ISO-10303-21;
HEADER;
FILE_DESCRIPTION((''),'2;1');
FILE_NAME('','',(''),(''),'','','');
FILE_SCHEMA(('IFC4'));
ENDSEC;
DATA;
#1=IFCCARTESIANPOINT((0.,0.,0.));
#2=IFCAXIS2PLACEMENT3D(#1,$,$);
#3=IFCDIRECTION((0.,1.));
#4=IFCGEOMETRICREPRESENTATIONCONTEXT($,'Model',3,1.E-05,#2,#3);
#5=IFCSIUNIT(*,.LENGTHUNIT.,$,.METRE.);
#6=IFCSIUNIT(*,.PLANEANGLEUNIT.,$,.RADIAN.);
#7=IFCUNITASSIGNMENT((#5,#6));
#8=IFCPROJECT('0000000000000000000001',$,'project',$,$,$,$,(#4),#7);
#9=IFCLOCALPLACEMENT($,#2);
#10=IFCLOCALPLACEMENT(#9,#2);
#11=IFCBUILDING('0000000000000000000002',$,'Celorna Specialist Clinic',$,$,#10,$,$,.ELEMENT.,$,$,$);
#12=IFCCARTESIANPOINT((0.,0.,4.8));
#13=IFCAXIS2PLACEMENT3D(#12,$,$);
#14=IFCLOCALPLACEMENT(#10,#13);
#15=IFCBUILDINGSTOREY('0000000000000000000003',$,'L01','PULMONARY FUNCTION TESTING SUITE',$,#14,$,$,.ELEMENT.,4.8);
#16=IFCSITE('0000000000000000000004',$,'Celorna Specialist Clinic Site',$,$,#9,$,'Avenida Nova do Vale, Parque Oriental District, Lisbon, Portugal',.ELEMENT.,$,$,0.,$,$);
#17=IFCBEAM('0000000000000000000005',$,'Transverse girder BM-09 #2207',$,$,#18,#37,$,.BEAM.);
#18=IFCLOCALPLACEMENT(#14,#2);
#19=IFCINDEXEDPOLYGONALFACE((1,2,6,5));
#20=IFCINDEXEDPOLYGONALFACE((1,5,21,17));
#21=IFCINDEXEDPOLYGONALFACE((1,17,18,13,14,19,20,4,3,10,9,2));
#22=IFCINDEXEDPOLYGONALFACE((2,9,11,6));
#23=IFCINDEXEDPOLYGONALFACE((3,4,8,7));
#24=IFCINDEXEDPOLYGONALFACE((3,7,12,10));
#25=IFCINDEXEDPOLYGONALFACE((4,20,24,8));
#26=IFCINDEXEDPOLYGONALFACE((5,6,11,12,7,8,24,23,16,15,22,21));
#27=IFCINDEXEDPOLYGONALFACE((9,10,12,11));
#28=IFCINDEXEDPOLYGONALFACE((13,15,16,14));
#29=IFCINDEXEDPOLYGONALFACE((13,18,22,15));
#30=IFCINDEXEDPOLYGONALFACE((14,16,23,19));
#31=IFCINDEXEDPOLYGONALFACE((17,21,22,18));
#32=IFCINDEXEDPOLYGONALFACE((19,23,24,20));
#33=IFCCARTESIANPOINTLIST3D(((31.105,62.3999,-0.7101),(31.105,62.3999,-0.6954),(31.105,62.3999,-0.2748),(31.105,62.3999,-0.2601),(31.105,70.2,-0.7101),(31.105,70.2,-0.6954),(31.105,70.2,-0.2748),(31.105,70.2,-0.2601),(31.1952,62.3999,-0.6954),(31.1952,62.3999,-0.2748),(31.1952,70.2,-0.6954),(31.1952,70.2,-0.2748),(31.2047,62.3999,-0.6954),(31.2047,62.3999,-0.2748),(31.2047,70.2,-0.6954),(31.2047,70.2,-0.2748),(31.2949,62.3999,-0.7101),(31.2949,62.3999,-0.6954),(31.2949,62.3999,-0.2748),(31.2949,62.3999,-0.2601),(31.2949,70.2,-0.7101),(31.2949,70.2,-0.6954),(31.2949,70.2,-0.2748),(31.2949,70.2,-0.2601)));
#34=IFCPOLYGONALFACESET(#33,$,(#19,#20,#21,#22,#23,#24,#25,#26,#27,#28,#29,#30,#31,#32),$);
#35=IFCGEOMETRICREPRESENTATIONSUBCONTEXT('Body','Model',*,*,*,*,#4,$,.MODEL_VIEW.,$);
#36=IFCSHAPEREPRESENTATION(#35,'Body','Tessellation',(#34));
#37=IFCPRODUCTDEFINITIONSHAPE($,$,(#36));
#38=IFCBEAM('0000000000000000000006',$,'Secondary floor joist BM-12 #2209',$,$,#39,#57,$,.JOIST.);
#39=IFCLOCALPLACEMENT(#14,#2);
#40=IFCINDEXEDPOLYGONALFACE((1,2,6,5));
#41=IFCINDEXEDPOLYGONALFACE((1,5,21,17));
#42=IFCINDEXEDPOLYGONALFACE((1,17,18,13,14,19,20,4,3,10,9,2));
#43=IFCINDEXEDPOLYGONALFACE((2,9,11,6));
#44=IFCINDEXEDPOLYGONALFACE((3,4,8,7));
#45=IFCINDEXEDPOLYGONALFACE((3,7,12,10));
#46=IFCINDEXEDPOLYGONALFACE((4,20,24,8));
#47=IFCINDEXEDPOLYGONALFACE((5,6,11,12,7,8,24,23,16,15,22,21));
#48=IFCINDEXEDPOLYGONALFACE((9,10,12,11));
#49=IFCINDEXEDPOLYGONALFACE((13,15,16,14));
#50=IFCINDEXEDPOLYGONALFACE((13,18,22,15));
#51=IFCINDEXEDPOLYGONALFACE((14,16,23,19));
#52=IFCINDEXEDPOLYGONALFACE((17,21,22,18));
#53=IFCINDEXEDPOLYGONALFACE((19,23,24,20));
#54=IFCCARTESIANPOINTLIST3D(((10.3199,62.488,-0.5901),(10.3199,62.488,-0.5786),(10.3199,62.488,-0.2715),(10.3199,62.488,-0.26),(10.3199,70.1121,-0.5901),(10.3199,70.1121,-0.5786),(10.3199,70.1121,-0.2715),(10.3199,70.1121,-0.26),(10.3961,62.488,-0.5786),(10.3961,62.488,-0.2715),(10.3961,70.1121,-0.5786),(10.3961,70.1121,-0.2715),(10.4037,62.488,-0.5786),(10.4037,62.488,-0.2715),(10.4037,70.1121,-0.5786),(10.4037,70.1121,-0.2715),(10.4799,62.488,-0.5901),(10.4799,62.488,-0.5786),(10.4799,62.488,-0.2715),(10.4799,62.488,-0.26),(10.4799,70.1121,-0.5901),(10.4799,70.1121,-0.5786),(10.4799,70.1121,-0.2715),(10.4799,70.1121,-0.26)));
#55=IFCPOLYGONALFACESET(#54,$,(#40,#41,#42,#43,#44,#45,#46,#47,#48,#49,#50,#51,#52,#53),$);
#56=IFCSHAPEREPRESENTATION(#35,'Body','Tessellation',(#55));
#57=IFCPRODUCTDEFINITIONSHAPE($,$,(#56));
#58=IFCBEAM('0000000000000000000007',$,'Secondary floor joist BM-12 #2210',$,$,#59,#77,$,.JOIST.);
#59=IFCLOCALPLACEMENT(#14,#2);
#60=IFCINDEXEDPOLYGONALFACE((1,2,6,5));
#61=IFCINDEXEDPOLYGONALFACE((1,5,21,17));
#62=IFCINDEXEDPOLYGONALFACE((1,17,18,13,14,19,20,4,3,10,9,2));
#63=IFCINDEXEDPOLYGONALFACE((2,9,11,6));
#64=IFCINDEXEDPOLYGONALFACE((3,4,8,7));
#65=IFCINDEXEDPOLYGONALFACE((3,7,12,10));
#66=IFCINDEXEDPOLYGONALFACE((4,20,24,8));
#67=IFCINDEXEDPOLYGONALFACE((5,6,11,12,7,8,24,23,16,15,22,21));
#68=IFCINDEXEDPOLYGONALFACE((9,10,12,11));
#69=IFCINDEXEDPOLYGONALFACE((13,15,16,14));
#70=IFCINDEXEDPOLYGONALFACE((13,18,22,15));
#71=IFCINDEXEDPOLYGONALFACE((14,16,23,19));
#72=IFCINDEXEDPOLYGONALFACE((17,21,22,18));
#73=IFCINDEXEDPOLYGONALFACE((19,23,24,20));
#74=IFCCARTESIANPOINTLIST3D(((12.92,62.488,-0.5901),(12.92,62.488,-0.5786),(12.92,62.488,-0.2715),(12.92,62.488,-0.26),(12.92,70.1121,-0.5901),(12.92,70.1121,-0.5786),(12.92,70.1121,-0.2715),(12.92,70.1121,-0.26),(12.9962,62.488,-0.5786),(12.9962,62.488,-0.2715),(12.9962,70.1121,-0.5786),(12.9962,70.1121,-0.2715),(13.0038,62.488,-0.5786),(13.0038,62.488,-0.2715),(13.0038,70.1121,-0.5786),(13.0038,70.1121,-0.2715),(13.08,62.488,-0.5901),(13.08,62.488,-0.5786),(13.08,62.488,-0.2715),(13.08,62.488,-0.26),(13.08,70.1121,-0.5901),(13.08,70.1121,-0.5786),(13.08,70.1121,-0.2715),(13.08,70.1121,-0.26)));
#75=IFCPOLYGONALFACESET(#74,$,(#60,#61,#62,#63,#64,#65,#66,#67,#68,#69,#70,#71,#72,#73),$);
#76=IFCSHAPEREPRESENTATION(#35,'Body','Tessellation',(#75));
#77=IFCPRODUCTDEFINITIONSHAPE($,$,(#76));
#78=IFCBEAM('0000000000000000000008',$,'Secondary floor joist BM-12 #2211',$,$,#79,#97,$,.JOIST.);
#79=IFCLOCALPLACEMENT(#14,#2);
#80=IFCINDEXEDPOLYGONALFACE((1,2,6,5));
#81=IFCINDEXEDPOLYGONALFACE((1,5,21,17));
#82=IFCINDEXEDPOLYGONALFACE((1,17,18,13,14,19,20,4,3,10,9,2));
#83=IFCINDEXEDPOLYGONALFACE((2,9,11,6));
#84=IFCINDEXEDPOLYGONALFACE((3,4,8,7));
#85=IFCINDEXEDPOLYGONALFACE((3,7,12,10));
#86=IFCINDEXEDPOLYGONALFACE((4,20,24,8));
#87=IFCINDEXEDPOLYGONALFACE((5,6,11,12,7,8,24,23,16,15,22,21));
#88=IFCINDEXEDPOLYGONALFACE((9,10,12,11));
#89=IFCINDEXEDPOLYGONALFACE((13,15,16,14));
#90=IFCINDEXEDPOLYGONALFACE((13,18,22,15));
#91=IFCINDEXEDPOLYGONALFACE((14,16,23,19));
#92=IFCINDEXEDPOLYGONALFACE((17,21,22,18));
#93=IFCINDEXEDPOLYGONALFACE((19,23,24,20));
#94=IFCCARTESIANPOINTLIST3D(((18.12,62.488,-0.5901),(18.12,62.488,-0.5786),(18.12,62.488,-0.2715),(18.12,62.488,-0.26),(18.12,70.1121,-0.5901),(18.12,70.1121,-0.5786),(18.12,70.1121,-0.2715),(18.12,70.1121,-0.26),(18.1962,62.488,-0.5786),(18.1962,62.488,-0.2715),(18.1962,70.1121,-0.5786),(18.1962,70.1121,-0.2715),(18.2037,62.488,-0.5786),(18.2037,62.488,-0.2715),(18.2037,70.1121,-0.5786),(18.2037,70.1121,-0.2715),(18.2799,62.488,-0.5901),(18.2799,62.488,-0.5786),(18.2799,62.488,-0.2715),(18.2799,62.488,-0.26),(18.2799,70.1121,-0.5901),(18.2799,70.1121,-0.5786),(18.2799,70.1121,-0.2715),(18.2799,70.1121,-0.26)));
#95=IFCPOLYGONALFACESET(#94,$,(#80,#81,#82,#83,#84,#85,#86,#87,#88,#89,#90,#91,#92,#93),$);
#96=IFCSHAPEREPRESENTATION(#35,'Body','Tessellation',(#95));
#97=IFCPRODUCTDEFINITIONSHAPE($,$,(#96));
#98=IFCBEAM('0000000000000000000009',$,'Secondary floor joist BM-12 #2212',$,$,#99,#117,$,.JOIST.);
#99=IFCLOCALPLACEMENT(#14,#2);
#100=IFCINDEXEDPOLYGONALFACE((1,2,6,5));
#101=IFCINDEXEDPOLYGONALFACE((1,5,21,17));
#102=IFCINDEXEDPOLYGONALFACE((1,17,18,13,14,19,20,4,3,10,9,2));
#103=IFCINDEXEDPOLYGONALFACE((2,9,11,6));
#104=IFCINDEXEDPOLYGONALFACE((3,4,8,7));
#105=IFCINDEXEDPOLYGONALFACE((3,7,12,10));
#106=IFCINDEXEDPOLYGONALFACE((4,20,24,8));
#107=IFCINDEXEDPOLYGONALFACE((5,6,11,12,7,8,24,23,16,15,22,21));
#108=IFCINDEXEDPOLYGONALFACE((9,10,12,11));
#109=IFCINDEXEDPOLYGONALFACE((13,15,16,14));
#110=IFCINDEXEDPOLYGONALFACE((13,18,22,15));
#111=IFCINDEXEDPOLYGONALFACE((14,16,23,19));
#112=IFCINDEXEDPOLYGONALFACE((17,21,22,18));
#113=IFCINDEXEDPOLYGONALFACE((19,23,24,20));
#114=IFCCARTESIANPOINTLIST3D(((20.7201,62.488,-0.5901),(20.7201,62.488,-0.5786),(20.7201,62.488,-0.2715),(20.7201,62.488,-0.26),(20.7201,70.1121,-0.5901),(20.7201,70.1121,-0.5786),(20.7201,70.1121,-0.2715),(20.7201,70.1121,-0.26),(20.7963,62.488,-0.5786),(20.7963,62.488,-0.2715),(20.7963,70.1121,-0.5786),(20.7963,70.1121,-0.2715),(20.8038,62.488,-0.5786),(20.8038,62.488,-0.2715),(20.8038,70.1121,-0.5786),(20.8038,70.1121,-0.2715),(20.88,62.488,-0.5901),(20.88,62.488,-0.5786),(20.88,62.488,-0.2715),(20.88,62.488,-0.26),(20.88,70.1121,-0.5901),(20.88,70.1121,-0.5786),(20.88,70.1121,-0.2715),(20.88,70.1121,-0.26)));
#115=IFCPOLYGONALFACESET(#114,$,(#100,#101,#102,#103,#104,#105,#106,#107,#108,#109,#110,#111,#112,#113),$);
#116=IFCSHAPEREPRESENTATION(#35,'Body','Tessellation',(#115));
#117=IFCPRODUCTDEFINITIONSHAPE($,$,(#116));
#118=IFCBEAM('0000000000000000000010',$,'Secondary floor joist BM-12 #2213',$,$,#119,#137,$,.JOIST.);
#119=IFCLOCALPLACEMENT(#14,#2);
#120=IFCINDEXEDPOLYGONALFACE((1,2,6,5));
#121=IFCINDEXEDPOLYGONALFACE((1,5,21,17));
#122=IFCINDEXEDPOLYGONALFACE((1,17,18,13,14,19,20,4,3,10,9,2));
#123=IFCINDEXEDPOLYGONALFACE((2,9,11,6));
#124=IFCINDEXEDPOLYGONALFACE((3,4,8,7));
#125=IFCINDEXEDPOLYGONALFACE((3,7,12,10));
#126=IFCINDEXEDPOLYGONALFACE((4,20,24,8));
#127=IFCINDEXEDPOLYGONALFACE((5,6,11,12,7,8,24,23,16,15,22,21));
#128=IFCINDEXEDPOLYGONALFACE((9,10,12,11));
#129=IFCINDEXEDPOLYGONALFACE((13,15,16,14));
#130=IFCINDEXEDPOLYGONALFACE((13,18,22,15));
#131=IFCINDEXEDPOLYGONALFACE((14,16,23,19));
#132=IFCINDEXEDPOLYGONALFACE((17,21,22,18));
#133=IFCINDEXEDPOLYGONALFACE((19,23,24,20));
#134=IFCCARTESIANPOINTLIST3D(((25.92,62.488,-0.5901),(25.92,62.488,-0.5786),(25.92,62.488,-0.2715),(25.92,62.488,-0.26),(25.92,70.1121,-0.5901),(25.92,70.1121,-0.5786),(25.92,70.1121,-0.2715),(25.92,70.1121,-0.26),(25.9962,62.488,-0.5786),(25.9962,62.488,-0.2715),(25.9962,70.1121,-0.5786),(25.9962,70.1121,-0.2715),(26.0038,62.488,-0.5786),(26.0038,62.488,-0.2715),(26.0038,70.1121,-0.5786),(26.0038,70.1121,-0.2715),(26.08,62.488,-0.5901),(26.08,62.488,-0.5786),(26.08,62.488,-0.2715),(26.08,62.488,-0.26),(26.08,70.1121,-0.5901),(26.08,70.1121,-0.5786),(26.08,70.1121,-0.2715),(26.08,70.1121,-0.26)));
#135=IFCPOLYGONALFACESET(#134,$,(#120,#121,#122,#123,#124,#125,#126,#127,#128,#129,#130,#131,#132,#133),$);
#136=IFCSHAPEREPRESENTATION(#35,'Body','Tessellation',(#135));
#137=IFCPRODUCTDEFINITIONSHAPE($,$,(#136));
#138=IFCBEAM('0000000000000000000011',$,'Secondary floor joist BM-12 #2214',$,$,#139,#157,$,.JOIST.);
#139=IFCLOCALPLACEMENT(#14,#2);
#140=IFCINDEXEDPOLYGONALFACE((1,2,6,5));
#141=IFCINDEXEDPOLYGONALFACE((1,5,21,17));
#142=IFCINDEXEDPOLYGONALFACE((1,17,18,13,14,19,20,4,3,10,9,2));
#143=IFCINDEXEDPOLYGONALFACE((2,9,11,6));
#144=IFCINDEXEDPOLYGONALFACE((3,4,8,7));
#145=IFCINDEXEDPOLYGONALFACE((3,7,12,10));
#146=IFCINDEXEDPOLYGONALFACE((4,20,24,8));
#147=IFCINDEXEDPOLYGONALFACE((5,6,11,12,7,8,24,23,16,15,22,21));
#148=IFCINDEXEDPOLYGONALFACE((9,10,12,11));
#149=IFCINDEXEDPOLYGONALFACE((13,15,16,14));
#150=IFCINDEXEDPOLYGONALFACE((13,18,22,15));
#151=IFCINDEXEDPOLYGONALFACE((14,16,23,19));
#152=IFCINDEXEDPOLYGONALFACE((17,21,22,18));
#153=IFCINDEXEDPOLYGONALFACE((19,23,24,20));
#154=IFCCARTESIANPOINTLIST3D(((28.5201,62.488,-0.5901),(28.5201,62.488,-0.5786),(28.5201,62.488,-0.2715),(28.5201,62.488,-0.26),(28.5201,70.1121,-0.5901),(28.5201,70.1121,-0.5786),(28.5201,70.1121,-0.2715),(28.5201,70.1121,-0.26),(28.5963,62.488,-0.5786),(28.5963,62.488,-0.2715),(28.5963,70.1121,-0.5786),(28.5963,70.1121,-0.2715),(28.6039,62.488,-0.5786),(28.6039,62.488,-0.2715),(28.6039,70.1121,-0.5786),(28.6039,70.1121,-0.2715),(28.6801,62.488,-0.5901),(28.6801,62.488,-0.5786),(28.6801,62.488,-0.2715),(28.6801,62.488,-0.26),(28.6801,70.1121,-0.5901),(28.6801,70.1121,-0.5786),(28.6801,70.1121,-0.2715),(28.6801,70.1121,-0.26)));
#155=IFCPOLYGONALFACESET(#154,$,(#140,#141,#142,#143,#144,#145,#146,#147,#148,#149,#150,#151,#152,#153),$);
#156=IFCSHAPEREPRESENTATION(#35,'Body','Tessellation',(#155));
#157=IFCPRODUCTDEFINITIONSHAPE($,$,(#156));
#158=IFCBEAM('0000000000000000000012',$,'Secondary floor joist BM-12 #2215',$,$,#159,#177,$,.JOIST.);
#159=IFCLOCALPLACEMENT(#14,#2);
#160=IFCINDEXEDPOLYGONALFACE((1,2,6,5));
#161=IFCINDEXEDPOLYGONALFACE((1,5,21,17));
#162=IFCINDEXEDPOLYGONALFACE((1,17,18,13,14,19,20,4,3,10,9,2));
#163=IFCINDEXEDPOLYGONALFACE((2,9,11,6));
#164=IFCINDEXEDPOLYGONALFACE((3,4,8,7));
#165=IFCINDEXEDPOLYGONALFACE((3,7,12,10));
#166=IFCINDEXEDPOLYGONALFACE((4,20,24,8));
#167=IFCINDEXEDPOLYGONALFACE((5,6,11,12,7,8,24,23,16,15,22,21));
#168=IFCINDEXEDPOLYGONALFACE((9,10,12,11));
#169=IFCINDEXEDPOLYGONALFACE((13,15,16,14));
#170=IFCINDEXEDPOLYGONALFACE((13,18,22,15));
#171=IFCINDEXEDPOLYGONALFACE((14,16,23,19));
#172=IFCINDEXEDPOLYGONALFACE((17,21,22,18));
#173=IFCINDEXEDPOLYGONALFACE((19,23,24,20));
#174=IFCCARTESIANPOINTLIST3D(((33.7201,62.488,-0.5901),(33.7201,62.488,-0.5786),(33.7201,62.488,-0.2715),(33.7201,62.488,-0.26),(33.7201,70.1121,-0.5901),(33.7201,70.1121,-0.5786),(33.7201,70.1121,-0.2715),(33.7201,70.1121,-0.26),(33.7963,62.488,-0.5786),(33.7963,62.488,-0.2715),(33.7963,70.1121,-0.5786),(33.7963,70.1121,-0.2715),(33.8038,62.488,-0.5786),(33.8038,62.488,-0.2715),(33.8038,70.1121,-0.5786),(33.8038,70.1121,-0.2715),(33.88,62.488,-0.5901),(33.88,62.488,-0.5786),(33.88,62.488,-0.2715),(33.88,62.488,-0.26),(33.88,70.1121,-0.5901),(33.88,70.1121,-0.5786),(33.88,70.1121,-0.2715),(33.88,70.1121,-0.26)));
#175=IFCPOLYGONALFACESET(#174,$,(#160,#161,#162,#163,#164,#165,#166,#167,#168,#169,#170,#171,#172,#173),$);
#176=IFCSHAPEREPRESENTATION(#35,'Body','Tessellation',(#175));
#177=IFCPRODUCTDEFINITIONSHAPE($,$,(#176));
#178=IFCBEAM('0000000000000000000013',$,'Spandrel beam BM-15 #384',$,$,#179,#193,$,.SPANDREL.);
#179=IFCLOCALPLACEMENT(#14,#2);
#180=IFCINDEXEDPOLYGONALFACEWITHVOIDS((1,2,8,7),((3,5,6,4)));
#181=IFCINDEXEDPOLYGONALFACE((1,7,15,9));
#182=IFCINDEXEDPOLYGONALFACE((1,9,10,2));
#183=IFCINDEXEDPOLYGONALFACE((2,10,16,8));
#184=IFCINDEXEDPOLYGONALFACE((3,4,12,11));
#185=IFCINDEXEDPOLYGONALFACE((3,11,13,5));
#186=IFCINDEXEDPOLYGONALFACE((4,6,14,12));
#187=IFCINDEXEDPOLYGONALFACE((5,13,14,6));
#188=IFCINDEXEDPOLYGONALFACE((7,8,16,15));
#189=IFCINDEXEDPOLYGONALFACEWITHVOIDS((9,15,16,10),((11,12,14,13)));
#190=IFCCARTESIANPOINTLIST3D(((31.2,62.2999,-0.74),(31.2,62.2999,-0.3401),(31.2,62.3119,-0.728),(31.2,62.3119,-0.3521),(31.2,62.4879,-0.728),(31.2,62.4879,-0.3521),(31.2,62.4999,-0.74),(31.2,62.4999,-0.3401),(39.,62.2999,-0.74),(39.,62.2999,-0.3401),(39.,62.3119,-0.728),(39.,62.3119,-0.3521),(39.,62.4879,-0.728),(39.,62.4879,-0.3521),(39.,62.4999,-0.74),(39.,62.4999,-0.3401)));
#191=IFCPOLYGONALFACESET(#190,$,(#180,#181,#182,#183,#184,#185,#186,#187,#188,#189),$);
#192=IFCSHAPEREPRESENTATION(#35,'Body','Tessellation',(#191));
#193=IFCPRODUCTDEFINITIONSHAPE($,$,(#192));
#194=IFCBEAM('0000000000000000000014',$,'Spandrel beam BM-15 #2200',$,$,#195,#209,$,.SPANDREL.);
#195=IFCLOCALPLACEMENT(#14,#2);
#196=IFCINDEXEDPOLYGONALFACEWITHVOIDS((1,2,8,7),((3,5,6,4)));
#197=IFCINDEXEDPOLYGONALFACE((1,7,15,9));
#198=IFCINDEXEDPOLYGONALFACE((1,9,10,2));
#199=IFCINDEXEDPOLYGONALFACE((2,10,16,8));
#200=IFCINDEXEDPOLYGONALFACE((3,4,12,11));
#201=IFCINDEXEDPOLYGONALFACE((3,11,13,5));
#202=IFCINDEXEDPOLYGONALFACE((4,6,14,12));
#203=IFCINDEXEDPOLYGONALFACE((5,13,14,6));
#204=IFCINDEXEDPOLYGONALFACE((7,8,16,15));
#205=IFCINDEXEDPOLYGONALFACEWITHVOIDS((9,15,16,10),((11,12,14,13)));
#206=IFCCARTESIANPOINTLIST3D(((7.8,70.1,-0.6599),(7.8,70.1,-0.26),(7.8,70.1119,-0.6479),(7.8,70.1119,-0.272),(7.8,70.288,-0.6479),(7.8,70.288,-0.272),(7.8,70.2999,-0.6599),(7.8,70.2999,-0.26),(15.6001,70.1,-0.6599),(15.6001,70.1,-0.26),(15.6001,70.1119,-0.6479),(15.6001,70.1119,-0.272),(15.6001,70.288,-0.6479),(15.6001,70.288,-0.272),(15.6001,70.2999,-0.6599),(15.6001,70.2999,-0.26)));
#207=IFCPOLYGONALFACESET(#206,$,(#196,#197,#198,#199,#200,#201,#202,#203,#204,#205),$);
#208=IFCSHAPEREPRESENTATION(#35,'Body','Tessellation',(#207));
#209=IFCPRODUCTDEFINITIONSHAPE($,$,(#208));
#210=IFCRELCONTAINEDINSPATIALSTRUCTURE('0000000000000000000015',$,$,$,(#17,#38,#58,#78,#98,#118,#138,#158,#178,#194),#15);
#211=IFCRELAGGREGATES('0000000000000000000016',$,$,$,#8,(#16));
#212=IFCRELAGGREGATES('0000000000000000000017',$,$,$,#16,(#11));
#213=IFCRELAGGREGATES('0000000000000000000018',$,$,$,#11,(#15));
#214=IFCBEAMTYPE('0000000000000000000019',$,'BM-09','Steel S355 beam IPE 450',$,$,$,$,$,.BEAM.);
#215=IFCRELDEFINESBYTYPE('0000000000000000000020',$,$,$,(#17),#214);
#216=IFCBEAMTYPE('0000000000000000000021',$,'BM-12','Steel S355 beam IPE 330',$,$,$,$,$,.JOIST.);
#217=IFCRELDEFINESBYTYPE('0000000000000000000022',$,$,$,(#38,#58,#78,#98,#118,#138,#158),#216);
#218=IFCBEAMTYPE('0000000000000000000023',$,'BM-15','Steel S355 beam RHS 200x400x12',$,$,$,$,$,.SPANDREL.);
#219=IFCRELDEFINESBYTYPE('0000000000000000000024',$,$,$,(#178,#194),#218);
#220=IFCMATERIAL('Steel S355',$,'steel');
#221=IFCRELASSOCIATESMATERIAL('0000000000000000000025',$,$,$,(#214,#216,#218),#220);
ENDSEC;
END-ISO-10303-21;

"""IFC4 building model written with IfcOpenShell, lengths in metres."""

from ifc_helpers import new_model, si_unit, direction, frame, origin, origin_2d, place, context, subcontext, project, spatial, hollow_rectangle, i_section, extrude, material, material_profile, profile_set, type_object, element, save


model = new_model("IFC4")

# Units and contexts
model_context = context("Model", 3, precision=1e-05, world=origin(), true_north=direction((0.0, 1.0)))
body_context = subcontext(model_context, "Body", "Model", "MODEL_VIEW")
ifc_project = project(units=[si_unit("LENGTHUNIT", "METRE"), si_unit("PLANEANGLEUNIT", "RADIAN")], contexts=[model_context])

# Site, building, storey
site_placement = place(None, origin())
site = spatial("IfcSite", under=ifc_project, at=site_placement, Name="Celorna Specialist Clinic Site", LongName="Avenida Nova do Vale, Parque Oriental District, Lisbon, Portugal", CompositionType="ELEMENT", RefElevation=0.0)
building_placement = place(site_placement, origin())
building = spatial("IfcBuilding", under=site, at=building_placement, Name="Celorna Specialist Clinic", CompositionType="ELEMENT")
storey_placement = place(building_placement, frame((0.0, 0.0, 4.8)))
storey = spatial("IfcBuildingStorey", under=building, at=storey_placement, Name="L01", Description="PULMONARY FUNCTION TESTING SUITE", CompositionType="ELEMENT", Elevation=4.8)

# Beams
ifc_material_1 = material(Name="Steel S355", Category="steel")
ifc_material_profile_1 = material_profile(ifc_material_1, i_section(OverallWidth=0.1899, OverallDepth=0.45, WebThickness=0.0095, FlangeThickness=0.0146, at=origin_2d()), Name="IPE 450")
ifc_profile_set_1 = profile_set([ifc_material_profile_1], Name="Steel S355")
beam_type_1 = type_object("IfcBeamType", Name="BM-09", Description="Steel S355 beam IPE 450", PredefinedType="BEAM", material=ifc_profile_set_1)
beam_1_placement = place(storey_placement, frame((31.2, 62.3999, -0.4851), z_axis=(0.0, 1.0, 0.0), x_axis=(-1.0, 0.0, 0.0)))
element("IfcBeam", 1, at=beam_1_placement, inside=storey, type_object=beam_type_1, Name="Transverse girder BM-09 #2207", PredefinedType="BEAM", context=body_context, shape_type="SweptSolid", body=[
    extrude(i_section(OverallWidth=0.1899, OverallDepth=0.45, WebThickness=0.0095, FlangeThickness=0.0146, at=origin_2d()), origin(), (0.0, 0.0, 1.0), 7.8),
])
ifc_material_profile_2 = material_profile(ifc_material_1, i_section(OverallWidth=0.1599, OverallDepth=0.3301, WebThickness=0.0076, FlangeThickness=0.0115, at=origin_2d()), Name="IPE 330")
ifc_profile_set_2 = profile_set([ifc_material_profile_2], Name="Steel S355")
beam_type_2 = type_object("IfcBeamType", Name="BM-12", Description="Steel S355 beam IPE 330", PredefinedType="JOIST", material=ifc_profile_set_2)
for number, where, z_axis, x_axis, name in (
    (2, (10.3999, 62.488, -0.425), (0.0, 1.0, 0.0), (-1.0, 0.0, 0.0), "Secondary floor joist BM-12 #2209"),
    (3, (13.0, 62.488, -0.425), (0.0, 1.0, 0.0), (-1.0, 0.0, 0.0), "Secondary floor joist BM-12 #2210"),
    (4, (18.2, 62.488, -0.425), (0.0, 1.0, 0.0), (-1.0, 0.0, 0.0), "Secondary floor joist BM-12 #2211"),
    (5, (20.8, 62.488, -0.425), (0.0, 1.0, 0.0), (-1.0, 0.0, 0.0), "Secondary floor joist BM-12 #2212"),
    (6, (26.0, 62.488, -0.425), (0.0, 1.0, 0.0), (-1.0, 0.0, 0.0), "Secondary floor joist BM-12 #2213"),
    (7, (28.6001, 62.488, -0.425), (0.0, 1.0, 0.0), (-1.0, 0.0, 0.0), "Secondary floor joist BM-12 #2214"),
    (8, (33.8, 62.488, -0.425), (0.0, 1.0, 0.0), (-1.0, 0.0, 0.0), "Secondary floor joist BM-12 #2215"),
):
    element("IfcBeam", number, at=place(storey_placement, frame(where, z_axis=z_axis, x_axis=x_axis)), inside=storey, type_object=beam_type_2, Name=name, PredefinedType="JOIST", context=body_context, shape_type="SweptSolid", body=[
        extrude(i_section(OverallWidth=0.1599, OverallDepth=0.3301, WebThickness=0.0076, FlangeThickness=0.0115, at=origin_2d()), origin(), (0.0, 0.0, 1.0), 7.624),
    ])
ifc_material_profile_3 = material_profile(ifc_material_1, hollow_rectangle(XDim=0.2, YDim=0.3999, WallThickness=0.012, at=origin_2d()), Name="RHS 200x400x12")
ifc_profile_set_3 = profile_set([ifc_material_profile_3], Name="Steel S355")
beam_type_3 = type_object("IfcBeamType", Name="BM-15", Description="Steel S355 beam RHS 200x400x12", PredefinedType="SPANDREL", material=ifc_profile_set_3)
for number, where, z_axis, x_axis, name in (
    (9, (31.2, 62.3999, -0.54), (1.0, 0.0, 0.0), (0.0, 1.0, 0.0), "Spandrel beam BM-15 #384"),
    (10, (7.8, 70.2, -0.46), (1.0, 0.0, 0.0), (0.0, 1.0, 0.0), "Spandrel beam BM-15 #2200"),
):
    element("IfcBeam", number, at=place(storey_placement, frame(where, z_axis=z_axis, x_axis=x_axis)), inside=storey, type_object=beam_type_3, Name=name, PredefinedType="SPANDREL", context=body_context, shape_type="SweptSolid", body=[
        extrude(hollow_rectangle(XDim=0.2, YDim=0.3999, WallThickness=0.012, at=origin_2d()), origin(), (0.0, 0.0, 1.0), 7.8),
    ])

save(model, "model.ifc")
